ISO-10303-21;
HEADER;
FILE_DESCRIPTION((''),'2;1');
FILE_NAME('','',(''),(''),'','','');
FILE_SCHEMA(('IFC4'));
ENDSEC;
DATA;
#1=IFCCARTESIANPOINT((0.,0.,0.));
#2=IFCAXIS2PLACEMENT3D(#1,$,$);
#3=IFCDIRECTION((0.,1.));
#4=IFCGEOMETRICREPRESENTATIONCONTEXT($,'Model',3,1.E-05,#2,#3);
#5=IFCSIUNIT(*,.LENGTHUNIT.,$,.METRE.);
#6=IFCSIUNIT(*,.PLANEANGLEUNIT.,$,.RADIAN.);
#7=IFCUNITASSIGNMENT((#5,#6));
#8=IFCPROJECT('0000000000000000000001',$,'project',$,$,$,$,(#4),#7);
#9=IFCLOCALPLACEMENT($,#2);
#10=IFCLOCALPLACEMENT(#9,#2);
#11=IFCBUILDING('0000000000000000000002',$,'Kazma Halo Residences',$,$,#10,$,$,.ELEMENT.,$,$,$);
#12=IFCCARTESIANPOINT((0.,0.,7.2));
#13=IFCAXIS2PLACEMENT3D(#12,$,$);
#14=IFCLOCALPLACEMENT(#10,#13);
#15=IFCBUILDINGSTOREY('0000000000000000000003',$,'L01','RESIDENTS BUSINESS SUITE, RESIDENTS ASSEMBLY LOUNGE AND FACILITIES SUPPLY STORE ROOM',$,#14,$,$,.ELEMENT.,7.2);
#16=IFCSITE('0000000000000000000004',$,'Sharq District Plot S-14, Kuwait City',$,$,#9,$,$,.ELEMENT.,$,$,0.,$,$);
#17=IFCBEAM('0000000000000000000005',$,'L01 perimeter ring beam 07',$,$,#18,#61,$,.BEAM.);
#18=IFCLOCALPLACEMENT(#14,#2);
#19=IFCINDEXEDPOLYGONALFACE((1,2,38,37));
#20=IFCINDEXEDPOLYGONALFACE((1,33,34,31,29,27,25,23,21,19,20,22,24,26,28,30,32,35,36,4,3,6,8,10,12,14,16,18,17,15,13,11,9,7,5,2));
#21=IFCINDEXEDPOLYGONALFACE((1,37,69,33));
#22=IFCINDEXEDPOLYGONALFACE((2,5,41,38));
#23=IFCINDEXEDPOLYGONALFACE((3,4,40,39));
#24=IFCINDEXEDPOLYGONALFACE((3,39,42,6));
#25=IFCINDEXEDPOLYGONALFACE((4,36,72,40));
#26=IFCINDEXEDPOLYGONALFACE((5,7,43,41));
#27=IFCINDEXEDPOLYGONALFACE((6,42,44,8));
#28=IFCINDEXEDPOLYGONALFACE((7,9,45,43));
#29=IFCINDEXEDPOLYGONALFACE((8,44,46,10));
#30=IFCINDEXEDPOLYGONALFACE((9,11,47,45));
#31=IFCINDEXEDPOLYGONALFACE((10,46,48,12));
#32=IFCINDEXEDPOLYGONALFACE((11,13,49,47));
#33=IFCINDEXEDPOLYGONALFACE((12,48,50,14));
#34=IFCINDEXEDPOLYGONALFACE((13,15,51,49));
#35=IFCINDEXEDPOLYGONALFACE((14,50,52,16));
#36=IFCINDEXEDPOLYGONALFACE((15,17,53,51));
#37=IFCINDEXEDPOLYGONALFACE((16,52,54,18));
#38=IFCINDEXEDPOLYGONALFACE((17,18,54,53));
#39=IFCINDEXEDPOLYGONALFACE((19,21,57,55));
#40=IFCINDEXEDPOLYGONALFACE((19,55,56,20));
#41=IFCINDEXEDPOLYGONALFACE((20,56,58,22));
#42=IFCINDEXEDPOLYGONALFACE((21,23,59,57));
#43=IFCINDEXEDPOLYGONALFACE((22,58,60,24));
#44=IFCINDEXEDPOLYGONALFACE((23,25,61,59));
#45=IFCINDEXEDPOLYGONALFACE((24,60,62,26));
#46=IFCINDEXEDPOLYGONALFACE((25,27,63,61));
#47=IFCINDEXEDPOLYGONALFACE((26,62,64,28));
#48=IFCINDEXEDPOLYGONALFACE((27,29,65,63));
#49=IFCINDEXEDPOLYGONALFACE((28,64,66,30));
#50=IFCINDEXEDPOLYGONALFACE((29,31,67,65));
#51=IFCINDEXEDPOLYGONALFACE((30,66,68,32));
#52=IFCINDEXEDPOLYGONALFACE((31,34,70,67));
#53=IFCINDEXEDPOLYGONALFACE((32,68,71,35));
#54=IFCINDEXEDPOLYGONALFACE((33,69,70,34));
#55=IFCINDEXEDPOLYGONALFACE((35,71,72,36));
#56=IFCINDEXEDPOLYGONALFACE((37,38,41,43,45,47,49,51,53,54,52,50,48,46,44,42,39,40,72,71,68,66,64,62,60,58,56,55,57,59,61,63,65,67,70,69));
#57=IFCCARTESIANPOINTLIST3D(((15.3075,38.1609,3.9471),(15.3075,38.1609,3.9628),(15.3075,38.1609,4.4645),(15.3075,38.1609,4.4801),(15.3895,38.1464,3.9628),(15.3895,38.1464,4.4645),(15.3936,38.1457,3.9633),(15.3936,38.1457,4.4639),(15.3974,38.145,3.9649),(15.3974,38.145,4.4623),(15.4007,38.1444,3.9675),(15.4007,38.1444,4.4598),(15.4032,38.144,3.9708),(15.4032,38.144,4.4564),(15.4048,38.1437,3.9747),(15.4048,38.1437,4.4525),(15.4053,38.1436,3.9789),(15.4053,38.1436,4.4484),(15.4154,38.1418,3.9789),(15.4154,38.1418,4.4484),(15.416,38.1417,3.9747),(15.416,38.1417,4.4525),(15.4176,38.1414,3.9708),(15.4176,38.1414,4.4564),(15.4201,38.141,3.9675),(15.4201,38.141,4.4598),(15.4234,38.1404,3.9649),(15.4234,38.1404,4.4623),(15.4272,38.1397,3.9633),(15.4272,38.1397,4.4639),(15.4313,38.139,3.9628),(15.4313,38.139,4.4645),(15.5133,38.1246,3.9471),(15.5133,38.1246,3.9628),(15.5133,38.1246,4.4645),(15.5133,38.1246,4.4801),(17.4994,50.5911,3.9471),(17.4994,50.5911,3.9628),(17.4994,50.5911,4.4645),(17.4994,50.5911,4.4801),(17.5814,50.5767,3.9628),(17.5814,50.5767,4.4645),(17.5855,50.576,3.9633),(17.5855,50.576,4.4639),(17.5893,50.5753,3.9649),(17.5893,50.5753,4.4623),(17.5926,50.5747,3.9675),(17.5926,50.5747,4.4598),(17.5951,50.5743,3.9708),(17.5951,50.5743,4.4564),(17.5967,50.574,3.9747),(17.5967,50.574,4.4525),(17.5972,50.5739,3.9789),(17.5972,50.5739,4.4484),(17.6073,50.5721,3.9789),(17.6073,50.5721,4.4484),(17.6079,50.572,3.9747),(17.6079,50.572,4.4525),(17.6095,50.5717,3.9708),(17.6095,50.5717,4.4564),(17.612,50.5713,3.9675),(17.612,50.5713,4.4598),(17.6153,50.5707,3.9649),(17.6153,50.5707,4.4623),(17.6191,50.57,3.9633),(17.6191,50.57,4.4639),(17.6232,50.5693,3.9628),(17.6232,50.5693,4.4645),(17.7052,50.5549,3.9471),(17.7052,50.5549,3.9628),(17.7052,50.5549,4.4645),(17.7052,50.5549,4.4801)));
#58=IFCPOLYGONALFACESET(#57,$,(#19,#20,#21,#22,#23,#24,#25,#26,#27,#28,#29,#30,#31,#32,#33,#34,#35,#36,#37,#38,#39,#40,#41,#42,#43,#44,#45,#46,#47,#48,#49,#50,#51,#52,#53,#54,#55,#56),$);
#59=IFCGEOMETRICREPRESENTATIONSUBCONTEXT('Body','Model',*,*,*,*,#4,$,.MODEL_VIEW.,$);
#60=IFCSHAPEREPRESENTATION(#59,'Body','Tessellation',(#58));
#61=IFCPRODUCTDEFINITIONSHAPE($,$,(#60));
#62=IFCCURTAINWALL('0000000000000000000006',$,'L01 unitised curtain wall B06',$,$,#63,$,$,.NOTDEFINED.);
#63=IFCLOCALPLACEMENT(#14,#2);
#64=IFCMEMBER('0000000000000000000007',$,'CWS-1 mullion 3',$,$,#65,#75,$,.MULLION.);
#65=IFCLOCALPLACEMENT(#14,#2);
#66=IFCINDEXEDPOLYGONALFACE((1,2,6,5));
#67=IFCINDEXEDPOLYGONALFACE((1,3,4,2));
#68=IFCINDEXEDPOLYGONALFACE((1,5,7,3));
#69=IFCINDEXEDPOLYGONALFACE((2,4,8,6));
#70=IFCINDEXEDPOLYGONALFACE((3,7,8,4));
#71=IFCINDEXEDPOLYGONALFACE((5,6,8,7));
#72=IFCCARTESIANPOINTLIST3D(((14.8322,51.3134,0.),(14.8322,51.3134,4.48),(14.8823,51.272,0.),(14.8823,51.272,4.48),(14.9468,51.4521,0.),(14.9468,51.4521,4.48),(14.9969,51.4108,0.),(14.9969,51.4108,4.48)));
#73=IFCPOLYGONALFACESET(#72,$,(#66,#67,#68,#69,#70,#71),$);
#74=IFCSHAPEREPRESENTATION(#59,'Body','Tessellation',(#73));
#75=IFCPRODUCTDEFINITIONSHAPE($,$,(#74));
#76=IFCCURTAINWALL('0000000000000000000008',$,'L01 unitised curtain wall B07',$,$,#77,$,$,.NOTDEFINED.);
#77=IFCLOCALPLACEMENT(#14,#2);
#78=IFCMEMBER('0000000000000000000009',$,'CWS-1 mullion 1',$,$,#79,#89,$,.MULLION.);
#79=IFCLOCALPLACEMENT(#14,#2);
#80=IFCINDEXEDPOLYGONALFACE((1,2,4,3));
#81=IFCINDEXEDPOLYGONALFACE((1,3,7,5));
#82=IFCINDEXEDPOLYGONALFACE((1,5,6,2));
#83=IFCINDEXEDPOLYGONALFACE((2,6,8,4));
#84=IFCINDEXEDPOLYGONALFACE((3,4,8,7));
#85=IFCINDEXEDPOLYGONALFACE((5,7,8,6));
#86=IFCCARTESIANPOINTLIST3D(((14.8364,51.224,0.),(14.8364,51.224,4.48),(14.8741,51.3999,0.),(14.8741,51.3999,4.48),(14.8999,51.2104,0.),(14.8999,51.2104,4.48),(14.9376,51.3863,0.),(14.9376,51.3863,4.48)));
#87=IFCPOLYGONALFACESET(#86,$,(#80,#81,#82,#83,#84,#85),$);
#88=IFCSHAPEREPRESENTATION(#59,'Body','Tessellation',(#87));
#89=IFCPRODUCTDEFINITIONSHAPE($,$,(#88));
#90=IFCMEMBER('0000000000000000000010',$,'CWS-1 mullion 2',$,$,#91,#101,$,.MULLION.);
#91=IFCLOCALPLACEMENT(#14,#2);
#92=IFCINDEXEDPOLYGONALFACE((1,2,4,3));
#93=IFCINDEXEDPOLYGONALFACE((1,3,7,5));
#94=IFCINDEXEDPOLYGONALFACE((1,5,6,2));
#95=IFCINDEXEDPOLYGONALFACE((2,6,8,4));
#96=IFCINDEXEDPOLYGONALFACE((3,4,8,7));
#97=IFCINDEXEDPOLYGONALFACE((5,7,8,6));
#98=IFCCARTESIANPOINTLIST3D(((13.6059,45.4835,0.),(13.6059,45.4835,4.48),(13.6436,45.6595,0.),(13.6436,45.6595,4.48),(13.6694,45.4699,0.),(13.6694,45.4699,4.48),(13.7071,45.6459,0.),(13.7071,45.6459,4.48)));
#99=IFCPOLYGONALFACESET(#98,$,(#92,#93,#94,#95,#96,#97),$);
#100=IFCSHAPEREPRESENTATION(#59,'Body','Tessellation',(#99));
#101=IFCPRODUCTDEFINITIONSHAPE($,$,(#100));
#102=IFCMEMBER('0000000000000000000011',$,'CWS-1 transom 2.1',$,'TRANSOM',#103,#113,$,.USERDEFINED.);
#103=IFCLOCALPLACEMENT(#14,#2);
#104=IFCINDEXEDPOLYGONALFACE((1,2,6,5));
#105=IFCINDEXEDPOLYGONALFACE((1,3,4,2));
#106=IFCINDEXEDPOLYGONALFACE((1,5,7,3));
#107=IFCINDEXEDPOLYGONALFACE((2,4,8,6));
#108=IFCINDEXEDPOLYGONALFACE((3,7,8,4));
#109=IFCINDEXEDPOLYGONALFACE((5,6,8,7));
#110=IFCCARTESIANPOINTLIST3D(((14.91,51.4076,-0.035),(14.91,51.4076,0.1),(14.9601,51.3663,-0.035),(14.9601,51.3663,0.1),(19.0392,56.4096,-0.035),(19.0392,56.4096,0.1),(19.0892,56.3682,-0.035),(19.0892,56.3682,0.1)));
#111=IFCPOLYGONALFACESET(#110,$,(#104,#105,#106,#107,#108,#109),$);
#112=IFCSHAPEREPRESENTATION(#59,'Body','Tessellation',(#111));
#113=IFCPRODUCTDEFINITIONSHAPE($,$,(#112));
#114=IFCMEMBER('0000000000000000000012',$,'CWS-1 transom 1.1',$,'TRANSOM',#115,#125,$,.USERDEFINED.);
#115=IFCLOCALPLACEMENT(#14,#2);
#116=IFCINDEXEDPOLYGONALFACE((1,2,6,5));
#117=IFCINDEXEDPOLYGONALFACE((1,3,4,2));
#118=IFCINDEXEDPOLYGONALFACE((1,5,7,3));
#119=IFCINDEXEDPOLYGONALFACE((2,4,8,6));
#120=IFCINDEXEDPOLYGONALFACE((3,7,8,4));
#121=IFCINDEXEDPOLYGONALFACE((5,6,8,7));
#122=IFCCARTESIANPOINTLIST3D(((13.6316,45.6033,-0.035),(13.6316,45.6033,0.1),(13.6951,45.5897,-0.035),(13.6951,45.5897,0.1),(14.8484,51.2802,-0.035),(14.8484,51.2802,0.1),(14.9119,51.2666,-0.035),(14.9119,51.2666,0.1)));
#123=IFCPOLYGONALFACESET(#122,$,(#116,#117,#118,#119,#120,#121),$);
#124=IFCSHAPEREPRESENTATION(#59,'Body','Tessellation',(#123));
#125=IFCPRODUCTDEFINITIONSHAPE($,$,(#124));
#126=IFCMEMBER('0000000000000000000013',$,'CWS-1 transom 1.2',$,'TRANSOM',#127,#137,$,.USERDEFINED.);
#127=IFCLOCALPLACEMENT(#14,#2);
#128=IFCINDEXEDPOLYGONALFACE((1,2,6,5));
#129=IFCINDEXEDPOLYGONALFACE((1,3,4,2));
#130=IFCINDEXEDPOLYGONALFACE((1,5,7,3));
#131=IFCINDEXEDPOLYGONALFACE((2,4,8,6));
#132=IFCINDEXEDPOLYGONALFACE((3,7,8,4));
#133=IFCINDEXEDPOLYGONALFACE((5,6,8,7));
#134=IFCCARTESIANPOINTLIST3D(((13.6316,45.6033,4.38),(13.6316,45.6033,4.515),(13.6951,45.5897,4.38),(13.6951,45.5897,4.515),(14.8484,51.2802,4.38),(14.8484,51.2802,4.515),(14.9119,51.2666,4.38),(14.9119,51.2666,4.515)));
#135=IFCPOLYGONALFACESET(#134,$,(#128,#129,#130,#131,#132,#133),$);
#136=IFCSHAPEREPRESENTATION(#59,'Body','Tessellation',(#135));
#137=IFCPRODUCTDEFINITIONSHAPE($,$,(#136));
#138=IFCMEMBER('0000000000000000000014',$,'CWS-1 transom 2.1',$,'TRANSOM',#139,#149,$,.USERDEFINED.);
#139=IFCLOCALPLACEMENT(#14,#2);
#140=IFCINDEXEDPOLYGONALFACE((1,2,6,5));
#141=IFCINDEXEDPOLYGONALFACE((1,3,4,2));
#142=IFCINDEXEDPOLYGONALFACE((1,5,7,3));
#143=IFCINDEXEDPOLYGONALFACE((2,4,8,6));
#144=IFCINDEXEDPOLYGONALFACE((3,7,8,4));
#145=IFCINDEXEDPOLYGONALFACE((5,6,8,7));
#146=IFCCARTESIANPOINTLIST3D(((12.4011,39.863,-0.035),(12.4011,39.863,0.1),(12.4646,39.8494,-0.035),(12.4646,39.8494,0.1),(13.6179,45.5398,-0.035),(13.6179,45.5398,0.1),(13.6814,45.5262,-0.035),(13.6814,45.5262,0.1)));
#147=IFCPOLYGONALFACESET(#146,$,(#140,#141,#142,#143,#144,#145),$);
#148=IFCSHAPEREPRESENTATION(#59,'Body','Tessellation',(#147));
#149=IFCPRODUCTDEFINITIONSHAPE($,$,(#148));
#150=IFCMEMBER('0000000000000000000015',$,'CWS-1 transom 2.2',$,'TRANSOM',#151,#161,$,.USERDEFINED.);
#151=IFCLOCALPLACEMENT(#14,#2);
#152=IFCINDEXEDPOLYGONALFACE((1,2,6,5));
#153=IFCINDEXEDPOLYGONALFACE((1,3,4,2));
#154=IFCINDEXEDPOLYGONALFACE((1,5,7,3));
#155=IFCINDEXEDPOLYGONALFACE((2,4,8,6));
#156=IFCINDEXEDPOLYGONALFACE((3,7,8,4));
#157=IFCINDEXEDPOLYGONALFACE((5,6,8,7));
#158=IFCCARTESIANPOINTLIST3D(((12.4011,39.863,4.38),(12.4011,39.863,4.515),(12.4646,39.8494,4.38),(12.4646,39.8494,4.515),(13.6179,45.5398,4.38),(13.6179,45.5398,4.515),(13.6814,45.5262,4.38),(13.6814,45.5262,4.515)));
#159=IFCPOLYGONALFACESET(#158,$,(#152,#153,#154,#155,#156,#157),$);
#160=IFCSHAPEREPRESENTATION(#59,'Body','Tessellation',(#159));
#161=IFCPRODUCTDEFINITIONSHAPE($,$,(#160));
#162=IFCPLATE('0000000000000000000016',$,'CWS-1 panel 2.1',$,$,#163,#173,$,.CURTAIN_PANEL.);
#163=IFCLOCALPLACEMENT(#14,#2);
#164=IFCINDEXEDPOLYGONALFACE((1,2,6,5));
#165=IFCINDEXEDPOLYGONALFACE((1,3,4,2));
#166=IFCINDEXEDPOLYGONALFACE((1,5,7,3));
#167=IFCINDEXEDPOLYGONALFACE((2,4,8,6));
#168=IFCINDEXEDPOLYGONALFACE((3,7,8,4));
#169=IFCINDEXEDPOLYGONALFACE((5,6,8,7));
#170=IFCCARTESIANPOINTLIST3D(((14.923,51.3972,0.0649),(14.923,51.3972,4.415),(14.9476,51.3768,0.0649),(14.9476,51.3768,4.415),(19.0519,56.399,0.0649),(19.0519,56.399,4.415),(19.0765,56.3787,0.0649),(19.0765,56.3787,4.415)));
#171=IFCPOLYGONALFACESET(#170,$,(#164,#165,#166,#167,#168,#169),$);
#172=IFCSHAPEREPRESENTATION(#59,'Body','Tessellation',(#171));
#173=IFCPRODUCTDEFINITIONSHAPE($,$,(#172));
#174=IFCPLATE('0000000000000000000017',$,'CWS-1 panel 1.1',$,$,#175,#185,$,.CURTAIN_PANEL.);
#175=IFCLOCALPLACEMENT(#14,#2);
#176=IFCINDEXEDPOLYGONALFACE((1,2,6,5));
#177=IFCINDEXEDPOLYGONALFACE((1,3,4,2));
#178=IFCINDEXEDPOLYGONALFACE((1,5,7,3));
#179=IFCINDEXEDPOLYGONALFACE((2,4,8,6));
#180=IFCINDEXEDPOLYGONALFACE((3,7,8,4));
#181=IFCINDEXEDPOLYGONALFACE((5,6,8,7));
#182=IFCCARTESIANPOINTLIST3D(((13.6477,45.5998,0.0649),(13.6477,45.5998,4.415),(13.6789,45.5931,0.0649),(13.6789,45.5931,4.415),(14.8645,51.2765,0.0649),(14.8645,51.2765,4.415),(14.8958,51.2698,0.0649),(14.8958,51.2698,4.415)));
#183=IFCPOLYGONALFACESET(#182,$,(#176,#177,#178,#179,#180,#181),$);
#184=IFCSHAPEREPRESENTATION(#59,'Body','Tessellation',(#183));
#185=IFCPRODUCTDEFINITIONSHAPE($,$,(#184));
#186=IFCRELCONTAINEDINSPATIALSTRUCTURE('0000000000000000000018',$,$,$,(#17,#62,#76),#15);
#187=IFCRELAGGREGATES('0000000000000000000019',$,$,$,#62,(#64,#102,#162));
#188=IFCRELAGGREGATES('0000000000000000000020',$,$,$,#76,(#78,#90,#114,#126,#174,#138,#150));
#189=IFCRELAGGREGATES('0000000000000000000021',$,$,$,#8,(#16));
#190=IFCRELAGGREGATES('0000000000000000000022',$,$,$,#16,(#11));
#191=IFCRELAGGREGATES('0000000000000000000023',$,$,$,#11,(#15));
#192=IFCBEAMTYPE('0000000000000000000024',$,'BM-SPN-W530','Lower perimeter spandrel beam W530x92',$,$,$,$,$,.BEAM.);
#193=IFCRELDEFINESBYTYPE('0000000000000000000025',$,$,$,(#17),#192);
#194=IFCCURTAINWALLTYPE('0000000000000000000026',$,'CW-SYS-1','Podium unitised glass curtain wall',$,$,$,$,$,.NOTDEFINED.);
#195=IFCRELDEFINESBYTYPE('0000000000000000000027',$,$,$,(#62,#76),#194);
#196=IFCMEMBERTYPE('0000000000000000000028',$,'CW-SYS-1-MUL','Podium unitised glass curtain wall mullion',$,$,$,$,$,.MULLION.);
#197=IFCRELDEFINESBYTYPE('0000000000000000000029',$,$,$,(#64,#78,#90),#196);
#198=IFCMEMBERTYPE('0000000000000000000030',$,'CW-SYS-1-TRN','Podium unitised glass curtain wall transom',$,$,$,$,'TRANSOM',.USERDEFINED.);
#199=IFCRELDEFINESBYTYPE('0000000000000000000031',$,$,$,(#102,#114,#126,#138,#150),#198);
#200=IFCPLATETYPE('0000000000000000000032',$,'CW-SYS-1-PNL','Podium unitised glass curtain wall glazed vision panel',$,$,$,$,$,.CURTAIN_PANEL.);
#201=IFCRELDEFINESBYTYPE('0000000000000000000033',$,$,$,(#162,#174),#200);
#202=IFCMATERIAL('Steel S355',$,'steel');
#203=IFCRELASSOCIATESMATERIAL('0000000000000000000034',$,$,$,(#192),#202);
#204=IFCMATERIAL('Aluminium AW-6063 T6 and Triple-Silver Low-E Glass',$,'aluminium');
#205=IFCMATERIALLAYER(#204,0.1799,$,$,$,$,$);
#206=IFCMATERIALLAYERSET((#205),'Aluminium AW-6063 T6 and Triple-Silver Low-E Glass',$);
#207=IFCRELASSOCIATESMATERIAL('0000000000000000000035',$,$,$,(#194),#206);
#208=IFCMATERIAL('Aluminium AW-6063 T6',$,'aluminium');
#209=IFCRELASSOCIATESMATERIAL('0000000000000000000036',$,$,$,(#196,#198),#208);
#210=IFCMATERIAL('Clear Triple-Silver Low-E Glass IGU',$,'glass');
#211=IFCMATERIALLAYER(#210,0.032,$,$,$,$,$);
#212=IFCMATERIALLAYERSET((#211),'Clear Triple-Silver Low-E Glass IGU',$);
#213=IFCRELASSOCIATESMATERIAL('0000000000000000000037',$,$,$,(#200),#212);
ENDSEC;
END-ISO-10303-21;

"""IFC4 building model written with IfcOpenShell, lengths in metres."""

from ifc_helpers import new_model, si_unit, direction, frame, origin, origin_2d, place, context, subcontext, project, spatial, rectangle, i_section, extrude, material, layer, layer_set, material_profile, profile_set, type_object, element, aggregate, save


model = new_model("IFC4")

# Units and contexts
model_context = context("Model", 3, precision=1e-05, world=origin(), true_north=direction((0.0, 1.0)))
body_context = subcontext(model_context, "Body", "Model", "MODEL_VIEW")
ifc_project = project(units=[si_unit("LENGTHUNIT", "METRE"), si_unit("PLANEANGLEUNIT", "RADIAN")], contexts=[model_context])

# Site, building, storey
site_placement = place(None, origin())
site = spatial("IfcSite", under=ifc_project, at=site_placement, Name="Sharq District Plot S-14, Kuwait City", CompositionType="ELEMENT", RefElevation=0.0)
building_placement = place(site_placement, origin())
building = spatial("IfcBuilding", under=site, at=building_placement, Name="Kazma Halo Residences", CompositionType="ELEMENT")
storey_placement = place(building_placement, frame((0.0, 0.0, 7.2)))
storey = spatial("IfcBuildingStorey", under=building, at=storey_placement, Name="L01", Description="RESIDENTS BUSINESS SUITE, RESIDENTS ASSEMBLY LOUNGE AND FACILITIES SUPPLY STORE ROOM", CompositionType="ELEMENT", Elevation=7.2)

# Beam
ifc_material_1 = material(Name="Steel S355", Category="steel")
ifc_material_profile_1 = material_profile(ifc_material_1, i_section(OverallWidth=0.209, OverallDepth=0.533, WebThickness=0.0103, FlangeThickness=0.0156, FilletRadius=0.0161, at=origin_2d()), Name="W530x92")
ifc_profile_set_1 = profile_set([ifc_material_profile_1], Name="Steel S355")
beam_type_1 = type_object("IfcBeamType", Name="BM-SPN-W530", Description="Lower perimeter spandrel beam W530x92", PredefinedType="BEAM", material=ifc_profile_set_1)
beam_1_placement = place(storey_placement, frame((17.6023, 50.573, 4.2136), z_axis=(-0.173657, -0.984806, 0.0), x_axis=(0.984806, -0.173657, 0.0)))
element("IfcBeam", 1, at=beam_1_placement, inside=storey, type_object=beam_type_1, Name="L01 perimeter ring beam 07", PredefinedType="BEAM", context=body_context, shape_type="SweptSolid", body=[
    extrude(i_section(OverallWidth=0.209, OverallDepth=0.533, WebThickness=0.0103, FlangeThickness=0.0156, FilletRadius=0.0161, at=origin_2d()), origin(), (0.0, 0.0, 1.0), 12.6221),
])

# Curtain wall, member
ifc_material_2 = material(Name="Aluminium AW-6063 T6 and Triple-Silver Low-E Glass", Category="aluminium")
ifc_layer_1 = layer(ifc_material_2, 0.1799)
ifc_layer_set_1 = layer_set([ifc_layer_1], Name="Aluminium AW-6063 T6 and Triple-Silver Low-E Glass")
curtain_wall_type = type_object("IfcCurtainWallType", Name="CW-SYS-1", Description="Podium unitised glass curtain wall", PredefinedType="NOTDEFINED", material=ifc_layer_set_1)
curtain_wall_1_placement = place(storey_placement, origin())
curtain_wall_1 = element("IfcCurtainWall", 2, at=curtain_wall_1_placement, inside=storey, type_object=curtain_wall_type, Name="L01 unitised curtain wall B06", PredefinedType="NOTDEFINED")
ifc_material_3 = material(Name="Aluminium AW-6063 T6", Category="aluminium")
ifc_material_profile_2 = material_profile(ifc_material_3, rectangle(XDim=0.0649, YDim=0.1799, at=origin_2d()), Name="CWM-65x180")
ifc_profile_set_2 = profile_set([ifc_material_profile_2], Name="Aluminium AW-6063 T6")
member_type_1 = type_object("IfcMemberType", Name="CW-SYS-1-MUL", Description="Podium unitised glass curtain wall mullion", PredefinedType="MULLION", material=ifc_profile_set_2)
member_1_placement = place(storey_placement, frame((14.9146, 51.3621, 0.0), z_axis=(0.0, 0.0, 1.0), x_axis=(0.771192, -0.636603, 0.0)))
member_1 = element("IfcMember", 3, at=member_1_placement, type_object=member_type_1, Name="CWS-1 mullion 3", PredefinedType="MULLION", context=body_context, shape_type="SweptSolid", body=[
    extrude(rectangle(XDim=0.0649, YDim=0.1799, at=origin_2d()), origin(), (0.0, 0.0, 1.0), 4.48),
])

# Curtain wall, members
curtain_wall_2_placement = place(storey_placement, origin())
curtain_wall_2 = element("IfcCurtainWall", 4, at=curtain_wall_2_placement, inside=storey, type_object=curtain_wall_type, Name="L01 unitised curtain wall B07", PredefinedType="NOTDEFINED")
member_2_placement = place(storey_placement, frame((14.887, 51.3052, 0.0), z_axis=(0.0, 0.0, 1.0), x_axis=(0.977788, -0.209596, 0.0)))
member_2 = element("IfcMember", 5, at=member_2_placement, type_object=member_type_1, Name="CWS-1 mullion 1", PredefinedType="MULLION", context=body_context, shape_type="SweptSolid", body=[
    extrude(rectangle(XDim=0.0649, YDim=0.1799, at=origin_2d()), origin(), (0.0, 0.0, 1.0), 4.48),
])
member_3_placement = place(storey_placement, frame((13.6565, 45.5647, 0.0), z_axis=(0.0, 0.0, 1.0), x_axis=(0.977788, -0.209596, 0.0)))
member_3 = element("IfcMember", 6, at=member_3_placement, type_object=member_type_1, Name="CWS-1 mullion 2", PredefinedType="MULLION", context=body_context, shape_type="SweptSolid", body=[
    extrude(rectangle(XDim=0.0649, YDim=0.1799, at=origin_2d()), origin(), (0.0, 0.0, 1.0), 4.48),
])

# Members
ifc_material_profile_3 = material_profile(ifc_material_3, rectangle(XDim=0.0649, YDim=0.135, at=origin_2d()), Name="CWT-65x135")
ifc_profile_set_3 = profile_set([ifc_material_profile_3], Name="Aluminium AW-6063 T6")
member_type_2 = type_object("IfcMemberType", Name="CW-SYS-1-TRN", Description="Podium unitised glass curtain wall transom", ElementType="TRANSOM", PredefinedType="USERDEFINED", material=ifc_profile_set_3)
member_4_placement = place(storey_placement, frame((19.0642, 56.3889, 0.0325), z_axis=(-0.636616, -0.771181, 0.0), x_axis=(0.771181, -0.636616, 0.0)))
member_4 = element("IfcMember", 7, at=member_4_placement, type_object=member_type_2, Name="CWS-1 transom 2.1", ObjectType="TRANSOM", PredefinedType="USERDEFINED", context=body_context, shape_type="SweptSolid", body=[
    extrude(rectangle(XDim=0.0649, YDim=0.135, at=origin_2d()), origin(), (0.0, 0.0, 1.0), 6.4861),
])
member_5_placement = place(storey_placement, frame((14.8801, 51.2734, 0.0325), z_axis=(-0.209578, -0.977792, 0.0), x_axis=(0.977792, -0.209578, 0.0)))
member_5 = element("IfcMember", 8, at=member_5_placement, type_object=member_type_2, Name="CWS-1 transom 1.1", ObjectType="TRANSOM", PredefinedType="USERDEFINED", context=body_context, shape_type="SweptSolid", body=[
    extrude(rectangle(XDim=0.0649, YDim=0.135, at=origin_2d()), origin(), (0.0, 0.0, 1.0), 5.8059),
])
member_6_placement = place(storey_placement, frame((14.8801, 51.2734, 4.4475), z_axis=(-0.209578, -0.977792, 0.0), x_axis=(0.977792, -0.209578, 0.0)))
member_6 = element("IfcMember", 9, at=member_6_placement, type_object=member_type_2, Name="CWS-1 transom 1.2", ObjectType="TRANSOM", PredefinedType="USERDEFINED", context=body_context, shape_type="SweptSolid", body=[
    extrude(rectangle(XDim=0.0649, YDim=0.135, at=origin_2d()), origin(), (0.0, 0.0, 1.0), 5.8059),
])
member_7_placement = place(storey_placement, frame((13.6497, 45.533, 0.0325), z_axis=(-0.209587, -0.97779, 0.0), x_axis=(0.97779, -0.209587, 0.0)))
member_7 = element("IfcMember", 10, at=member_7_placement, type_object=member_type_2, Name="CWS-1 transom 2.1", ObjectType="TRANSOM", PredefinedType="USERDEFINED", context=body_context, shape_type="SweptSolid", body=[
    extrude(rectangle(XDim=0.0649, YDim=0.135, at=origin_2d()), origin(), (0.0, 0.0, 1.0), 5.8057),
])
member_8_placement = place(storey_placement, frame((13.6497, 45.533, 4.4475), z_axis=(-0.209587, -0.97779, 0.0), x_axis=(0.97779, -0.209587, 0.0)))
member_8 = element("IfcMember", 11, at=member_8_placement, type_object=member_type_2, Name="CWS-1 transom 2.2", ObjectType="TRANSOM", PredefinedType="USERDEFINED", context=body_context, shape_type="SweptSolid", body=[
    extrude(rectangle(XDim=0.0649, YDim=0.135, at=origin_2d()), origin(), (0.0, 0.0, 1.0), 5.8057),
])

# Plates
ifc_material_4 = material(Name="Clear Triple-Silver Low-E Glass IGU", Category="glass")
ifc_layer_2 = layer(ifc_material_4, 0.032)
ifc_layer_set_2 = layer_set([ifc_layer_2], Name="Clear Triple-Silver Low-E Glass IGU")
plate_type = type_object("IfcPlateType", Name="CW-SYS-1-PNL", Description="Podium unitised glass curtain wall glazed vision panel", PredefinedType="CURTAIN_PANEL", material=ifc_layer_set_2)
plate_1_placement = place(storey_placement, frame((16.9998, 53.8879, 0.0649), z_axis=(0.0, 0.0, 1.0), x_axis=(-0.636603, -0.771192, 0.0)))
plate_1 = element("IfcPlate", 12, at=plate_1_placement, type_object=plate_type, Name="CWS-1 panel 2.1", PredefinedType="CURTAIN_PANEL", context=body_context, shape_type="SweptSolid", body=[
    extrude(rectangle(XDim=6.4858, YDim=0.032, at=origin_2d()), origin(), (0.0, 0.0, 1.0), 4.3501),
])
aggregate(curtain_wall_1, [member_1, member_4, plate_1])
plate_2_placement = place(storey_placement, frame((14.2717, 48.4348, 0.0649), z_axis=(0.0, 0.0, 1.0), x_axis=(-0.209596, -0.977788, 0.0)))
plate_2 = element("IfcPlate", 13, at=plate_2_placement, type_object=plate_type, Name="CWS-1 panel 1.1", PredefinedType="CURTAIN_PANEL", context=body_context, shape_type="SweptSolid", body=[
    extrude(rectangle(XDim=5.8057, YDim=0.032, at=origin_2d()), origin(), (0.0, 0.0, 1.0), 4.3501),
])
aggregate(curtain_wall_2, [member_2, member_3, member_5, member_6, plate_2, member_7, member_8])

save(model, "model.ifc")
